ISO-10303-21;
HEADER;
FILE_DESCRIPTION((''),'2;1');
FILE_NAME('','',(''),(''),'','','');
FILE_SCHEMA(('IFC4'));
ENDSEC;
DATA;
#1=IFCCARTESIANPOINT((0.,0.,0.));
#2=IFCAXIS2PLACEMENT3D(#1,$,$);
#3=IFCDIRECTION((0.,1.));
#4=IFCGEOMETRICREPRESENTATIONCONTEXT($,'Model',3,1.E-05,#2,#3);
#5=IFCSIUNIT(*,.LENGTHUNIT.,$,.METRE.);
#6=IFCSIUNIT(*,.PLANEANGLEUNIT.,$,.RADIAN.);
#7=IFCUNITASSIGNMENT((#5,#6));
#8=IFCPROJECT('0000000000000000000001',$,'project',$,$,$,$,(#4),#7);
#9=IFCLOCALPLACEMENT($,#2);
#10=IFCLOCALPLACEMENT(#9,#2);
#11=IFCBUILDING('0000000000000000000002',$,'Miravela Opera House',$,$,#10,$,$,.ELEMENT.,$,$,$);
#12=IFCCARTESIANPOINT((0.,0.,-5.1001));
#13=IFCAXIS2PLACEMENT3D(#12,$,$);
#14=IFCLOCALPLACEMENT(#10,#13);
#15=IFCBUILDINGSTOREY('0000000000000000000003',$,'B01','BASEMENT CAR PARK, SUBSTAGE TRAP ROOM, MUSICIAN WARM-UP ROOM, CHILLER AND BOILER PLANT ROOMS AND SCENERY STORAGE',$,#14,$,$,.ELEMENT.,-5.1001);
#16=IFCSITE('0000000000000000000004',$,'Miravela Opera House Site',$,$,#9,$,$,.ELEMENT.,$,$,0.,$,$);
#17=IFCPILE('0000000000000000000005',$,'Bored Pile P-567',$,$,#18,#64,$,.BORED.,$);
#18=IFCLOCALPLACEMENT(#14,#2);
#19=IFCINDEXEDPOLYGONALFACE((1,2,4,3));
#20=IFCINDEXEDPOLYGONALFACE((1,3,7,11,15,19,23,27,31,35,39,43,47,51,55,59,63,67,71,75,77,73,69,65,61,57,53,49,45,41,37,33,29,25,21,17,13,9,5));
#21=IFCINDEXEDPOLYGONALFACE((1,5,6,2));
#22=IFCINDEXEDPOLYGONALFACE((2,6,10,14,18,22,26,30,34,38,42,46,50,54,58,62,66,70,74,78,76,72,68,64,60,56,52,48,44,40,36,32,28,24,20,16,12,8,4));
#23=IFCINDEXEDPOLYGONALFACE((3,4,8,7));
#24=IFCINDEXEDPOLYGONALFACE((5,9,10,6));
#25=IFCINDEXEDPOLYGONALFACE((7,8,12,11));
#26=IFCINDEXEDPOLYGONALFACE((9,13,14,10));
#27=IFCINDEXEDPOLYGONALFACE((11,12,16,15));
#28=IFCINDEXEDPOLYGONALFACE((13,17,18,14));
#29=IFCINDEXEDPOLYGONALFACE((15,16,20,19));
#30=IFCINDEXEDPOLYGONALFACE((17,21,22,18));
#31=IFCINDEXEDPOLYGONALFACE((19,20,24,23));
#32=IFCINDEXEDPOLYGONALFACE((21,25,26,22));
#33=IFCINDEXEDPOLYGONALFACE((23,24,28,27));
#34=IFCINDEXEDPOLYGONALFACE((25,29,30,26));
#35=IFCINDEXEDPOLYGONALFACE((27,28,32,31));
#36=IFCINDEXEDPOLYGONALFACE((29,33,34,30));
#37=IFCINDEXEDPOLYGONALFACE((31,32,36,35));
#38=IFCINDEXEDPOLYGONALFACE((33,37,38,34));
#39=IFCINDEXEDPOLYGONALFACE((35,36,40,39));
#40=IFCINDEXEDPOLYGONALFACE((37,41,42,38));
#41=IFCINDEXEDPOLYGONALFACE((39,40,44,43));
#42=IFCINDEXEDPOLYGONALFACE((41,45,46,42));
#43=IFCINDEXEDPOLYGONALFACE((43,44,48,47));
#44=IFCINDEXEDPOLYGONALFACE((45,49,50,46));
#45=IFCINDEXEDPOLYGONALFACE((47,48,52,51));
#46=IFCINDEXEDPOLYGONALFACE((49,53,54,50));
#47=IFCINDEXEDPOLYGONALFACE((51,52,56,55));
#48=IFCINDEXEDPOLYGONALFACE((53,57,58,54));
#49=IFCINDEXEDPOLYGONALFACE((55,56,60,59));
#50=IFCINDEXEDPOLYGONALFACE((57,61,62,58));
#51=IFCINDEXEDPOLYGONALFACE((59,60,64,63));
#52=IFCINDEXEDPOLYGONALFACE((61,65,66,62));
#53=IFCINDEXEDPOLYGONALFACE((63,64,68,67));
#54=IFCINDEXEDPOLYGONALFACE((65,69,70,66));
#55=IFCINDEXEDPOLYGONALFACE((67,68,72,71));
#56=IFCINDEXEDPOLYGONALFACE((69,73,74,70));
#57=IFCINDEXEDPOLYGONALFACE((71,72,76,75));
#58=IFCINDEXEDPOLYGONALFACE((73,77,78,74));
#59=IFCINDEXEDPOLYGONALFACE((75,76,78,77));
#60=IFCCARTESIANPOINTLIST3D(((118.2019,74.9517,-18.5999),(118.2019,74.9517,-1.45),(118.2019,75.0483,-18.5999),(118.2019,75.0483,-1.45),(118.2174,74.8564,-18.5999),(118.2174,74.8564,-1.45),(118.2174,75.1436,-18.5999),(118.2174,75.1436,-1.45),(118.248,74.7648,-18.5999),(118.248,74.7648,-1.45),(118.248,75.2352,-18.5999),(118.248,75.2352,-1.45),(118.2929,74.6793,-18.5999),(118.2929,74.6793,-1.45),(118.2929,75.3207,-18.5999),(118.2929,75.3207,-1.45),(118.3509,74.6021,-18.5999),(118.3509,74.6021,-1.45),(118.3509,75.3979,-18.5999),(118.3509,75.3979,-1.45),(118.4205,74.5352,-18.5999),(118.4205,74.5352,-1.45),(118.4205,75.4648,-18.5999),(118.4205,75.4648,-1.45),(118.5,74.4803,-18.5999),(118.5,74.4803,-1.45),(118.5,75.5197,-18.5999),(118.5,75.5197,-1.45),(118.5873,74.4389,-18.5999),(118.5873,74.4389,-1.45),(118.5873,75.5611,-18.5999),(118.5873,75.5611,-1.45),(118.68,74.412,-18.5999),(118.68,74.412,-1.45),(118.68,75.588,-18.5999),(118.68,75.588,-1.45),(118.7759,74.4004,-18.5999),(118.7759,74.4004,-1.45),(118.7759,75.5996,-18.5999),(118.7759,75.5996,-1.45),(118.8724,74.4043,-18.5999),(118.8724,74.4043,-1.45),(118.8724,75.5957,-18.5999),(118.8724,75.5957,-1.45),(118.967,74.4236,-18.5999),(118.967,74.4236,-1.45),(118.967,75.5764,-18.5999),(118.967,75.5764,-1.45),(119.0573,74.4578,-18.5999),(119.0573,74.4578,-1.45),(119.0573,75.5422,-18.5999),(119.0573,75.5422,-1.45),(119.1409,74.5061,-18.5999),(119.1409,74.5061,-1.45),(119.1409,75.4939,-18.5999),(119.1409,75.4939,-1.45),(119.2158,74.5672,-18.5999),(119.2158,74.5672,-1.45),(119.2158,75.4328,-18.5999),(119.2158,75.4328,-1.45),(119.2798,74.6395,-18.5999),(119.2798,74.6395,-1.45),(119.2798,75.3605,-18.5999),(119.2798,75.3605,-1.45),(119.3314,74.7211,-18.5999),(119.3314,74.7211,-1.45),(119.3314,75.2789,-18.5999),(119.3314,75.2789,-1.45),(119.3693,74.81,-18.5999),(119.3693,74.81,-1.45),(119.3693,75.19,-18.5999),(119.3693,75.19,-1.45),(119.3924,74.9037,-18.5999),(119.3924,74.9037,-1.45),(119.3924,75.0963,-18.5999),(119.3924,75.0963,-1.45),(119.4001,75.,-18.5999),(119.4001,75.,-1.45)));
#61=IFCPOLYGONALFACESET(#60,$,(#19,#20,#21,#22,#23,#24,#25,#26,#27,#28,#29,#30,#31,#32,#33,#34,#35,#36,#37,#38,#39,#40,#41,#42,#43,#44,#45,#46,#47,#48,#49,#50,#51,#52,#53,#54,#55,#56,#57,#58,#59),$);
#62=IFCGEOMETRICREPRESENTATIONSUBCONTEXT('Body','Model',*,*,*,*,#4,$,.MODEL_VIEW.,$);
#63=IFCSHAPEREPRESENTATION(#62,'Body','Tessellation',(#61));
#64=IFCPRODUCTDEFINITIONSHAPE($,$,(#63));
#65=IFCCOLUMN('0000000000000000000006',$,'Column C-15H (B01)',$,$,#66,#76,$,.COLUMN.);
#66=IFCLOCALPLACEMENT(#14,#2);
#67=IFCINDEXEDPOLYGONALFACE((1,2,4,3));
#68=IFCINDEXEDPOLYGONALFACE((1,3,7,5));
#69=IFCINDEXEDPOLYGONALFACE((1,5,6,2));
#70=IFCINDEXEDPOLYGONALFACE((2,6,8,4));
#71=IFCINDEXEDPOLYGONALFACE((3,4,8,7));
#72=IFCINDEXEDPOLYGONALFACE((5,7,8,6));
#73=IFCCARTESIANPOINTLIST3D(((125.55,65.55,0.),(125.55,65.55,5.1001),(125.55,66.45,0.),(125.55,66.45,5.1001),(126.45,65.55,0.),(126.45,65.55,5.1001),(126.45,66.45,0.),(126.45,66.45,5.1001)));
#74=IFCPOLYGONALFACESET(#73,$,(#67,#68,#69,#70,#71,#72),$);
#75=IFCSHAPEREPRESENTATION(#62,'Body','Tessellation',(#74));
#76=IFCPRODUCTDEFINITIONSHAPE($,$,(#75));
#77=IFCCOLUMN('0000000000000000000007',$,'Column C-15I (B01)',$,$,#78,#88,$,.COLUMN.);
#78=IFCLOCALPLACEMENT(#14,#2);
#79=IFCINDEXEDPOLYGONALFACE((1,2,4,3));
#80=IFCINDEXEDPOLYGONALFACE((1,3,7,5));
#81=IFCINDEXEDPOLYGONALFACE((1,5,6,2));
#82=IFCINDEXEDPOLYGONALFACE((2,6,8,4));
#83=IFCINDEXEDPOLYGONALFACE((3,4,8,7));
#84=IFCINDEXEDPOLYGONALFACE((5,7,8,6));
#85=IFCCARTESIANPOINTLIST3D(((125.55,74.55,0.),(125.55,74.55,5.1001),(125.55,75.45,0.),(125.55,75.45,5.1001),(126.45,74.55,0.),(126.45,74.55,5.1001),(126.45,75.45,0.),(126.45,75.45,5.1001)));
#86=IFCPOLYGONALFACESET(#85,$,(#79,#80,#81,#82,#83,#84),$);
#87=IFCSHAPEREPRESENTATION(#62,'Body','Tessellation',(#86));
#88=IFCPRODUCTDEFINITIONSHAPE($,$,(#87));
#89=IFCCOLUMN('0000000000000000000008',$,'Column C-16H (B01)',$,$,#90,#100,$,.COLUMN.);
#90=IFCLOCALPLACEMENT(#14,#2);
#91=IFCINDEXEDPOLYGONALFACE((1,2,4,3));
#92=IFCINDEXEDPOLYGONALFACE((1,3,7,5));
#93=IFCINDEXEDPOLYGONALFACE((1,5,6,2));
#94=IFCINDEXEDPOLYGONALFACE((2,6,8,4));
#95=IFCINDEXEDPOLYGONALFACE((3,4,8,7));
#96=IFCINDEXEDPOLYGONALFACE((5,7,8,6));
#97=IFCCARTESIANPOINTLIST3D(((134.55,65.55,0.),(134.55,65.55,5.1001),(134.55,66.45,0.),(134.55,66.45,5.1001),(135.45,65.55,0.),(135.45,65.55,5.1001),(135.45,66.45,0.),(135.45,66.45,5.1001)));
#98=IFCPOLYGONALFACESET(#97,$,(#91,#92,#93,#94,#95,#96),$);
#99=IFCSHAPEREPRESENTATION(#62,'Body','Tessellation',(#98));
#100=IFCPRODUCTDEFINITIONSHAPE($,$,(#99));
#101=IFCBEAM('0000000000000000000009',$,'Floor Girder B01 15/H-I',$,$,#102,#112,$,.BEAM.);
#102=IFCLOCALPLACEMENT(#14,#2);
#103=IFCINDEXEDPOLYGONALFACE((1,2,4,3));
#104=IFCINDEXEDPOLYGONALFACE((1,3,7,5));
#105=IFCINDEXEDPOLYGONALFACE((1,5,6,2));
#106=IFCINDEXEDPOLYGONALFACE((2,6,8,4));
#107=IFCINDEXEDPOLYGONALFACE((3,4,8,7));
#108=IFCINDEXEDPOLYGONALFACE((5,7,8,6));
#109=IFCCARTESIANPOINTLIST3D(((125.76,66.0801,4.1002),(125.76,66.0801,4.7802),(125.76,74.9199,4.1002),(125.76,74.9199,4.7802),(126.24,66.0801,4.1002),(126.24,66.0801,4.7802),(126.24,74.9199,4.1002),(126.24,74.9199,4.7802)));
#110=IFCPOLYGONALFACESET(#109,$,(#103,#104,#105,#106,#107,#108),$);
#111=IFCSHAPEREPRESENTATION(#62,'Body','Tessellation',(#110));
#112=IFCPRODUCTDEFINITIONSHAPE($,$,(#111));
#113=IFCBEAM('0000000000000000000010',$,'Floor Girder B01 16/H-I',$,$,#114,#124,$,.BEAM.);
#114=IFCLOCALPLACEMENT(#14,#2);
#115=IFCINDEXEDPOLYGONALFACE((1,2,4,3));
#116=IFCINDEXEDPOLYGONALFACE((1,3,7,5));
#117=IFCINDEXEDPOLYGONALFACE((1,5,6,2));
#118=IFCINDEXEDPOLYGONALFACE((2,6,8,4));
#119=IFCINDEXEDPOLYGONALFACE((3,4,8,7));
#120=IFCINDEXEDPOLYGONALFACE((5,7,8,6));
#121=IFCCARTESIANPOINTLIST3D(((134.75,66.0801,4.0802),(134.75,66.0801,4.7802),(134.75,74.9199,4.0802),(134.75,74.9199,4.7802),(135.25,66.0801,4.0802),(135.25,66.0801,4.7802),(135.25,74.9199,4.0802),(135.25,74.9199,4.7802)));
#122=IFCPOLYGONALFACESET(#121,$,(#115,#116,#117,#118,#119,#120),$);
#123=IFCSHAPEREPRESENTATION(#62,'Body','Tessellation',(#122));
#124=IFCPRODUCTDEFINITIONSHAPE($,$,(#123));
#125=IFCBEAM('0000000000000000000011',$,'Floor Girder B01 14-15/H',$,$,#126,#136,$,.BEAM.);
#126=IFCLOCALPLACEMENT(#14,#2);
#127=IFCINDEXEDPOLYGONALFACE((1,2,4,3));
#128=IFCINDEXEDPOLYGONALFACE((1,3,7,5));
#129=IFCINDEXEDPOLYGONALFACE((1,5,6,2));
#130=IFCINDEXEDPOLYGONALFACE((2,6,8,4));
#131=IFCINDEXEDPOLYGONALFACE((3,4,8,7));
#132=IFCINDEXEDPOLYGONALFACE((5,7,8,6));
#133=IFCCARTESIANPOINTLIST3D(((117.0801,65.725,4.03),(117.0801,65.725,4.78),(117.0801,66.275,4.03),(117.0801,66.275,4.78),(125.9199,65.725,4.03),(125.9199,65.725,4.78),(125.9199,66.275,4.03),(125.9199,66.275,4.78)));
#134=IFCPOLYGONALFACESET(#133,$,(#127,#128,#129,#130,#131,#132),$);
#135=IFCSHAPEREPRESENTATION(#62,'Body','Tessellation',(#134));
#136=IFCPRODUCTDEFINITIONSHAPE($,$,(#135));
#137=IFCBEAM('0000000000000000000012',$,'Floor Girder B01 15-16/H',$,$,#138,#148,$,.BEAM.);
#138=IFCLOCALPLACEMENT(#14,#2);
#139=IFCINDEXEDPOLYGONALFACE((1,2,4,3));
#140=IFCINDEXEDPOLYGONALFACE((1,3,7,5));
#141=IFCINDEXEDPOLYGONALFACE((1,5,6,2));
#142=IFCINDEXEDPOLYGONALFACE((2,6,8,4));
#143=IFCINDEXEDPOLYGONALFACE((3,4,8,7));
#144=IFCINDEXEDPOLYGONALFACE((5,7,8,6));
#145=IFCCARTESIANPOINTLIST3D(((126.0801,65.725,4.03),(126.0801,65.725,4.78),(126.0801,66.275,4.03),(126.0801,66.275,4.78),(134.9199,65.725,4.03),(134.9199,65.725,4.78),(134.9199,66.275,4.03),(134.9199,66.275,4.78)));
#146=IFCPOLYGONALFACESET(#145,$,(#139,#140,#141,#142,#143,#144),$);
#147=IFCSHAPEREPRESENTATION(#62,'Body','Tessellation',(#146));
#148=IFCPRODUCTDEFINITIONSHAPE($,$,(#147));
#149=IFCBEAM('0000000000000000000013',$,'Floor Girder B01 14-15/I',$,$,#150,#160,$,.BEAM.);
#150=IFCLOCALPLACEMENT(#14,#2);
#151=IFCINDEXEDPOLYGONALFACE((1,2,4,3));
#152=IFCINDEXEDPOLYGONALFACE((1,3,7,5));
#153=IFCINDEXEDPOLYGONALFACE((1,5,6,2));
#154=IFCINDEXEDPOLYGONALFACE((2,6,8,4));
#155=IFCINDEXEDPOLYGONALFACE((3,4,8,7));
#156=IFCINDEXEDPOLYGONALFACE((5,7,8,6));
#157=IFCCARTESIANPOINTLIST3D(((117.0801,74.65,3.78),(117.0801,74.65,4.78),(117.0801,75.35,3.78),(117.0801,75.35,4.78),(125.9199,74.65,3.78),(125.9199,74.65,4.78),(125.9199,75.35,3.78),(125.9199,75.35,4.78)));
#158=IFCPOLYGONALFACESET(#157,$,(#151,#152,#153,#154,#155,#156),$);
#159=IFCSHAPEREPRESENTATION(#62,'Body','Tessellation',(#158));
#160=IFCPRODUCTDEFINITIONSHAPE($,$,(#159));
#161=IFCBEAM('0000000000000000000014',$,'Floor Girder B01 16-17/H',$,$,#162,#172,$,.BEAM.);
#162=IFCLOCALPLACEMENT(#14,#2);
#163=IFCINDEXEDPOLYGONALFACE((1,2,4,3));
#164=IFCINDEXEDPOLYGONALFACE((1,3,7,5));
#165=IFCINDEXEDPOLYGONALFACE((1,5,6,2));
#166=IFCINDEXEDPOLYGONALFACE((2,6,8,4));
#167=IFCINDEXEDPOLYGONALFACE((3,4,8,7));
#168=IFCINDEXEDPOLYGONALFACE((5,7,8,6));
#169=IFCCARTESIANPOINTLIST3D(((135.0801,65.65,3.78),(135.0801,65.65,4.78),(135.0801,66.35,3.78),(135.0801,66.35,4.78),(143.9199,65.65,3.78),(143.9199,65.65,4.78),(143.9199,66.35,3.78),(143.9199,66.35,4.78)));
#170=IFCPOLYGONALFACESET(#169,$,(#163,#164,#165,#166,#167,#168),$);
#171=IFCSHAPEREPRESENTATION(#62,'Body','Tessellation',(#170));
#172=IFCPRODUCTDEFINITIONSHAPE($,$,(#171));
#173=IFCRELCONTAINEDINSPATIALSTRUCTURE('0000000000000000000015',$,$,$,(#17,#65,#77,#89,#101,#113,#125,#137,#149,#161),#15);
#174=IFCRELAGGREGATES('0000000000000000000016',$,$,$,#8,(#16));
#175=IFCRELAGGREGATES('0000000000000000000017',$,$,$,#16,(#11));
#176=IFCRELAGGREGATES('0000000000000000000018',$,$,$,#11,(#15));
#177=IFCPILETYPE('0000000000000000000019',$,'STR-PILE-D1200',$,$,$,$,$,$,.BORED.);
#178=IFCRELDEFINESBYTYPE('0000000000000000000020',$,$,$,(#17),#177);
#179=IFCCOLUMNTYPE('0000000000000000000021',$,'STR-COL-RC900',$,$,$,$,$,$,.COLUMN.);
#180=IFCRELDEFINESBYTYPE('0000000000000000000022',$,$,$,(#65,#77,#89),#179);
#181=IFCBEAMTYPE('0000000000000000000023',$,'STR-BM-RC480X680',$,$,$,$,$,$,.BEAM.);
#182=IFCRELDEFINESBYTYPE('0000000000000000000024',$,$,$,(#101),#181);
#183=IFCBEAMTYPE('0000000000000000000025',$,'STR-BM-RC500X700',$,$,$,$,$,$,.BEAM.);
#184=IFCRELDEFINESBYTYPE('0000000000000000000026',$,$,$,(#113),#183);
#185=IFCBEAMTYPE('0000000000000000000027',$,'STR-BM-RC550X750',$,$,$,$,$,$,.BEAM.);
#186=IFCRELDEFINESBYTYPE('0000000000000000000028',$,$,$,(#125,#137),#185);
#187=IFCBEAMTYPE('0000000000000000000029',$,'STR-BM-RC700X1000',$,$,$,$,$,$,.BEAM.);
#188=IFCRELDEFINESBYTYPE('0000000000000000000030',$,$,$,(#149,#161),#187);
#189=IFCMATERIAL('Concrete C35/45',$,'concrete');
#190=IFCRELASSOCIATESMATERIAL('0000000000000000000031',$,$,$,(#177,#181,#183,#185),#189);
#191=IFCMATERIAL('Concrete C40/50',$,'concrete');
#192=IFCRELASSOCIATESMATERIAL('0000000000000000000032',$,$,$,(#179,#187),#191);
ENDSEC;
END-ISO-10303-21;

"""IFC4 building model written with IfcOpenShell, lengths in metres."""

from ifc_helpers import new_model, si_unit, direction, frame, origin, origin_2d, place, context, subcontext, project, spatial, rectangle, circle, extrude, material, material_profile, profile_set, type_object, element, save


model = new_model("IFC4")

# Units and contexts
model_context = context("Model", 3, precision=1e-05, world=origin(), true_north=direction((0.0, 1.0)))
body_context = subcontext(model_context, "Body", "Model", "MODEL_VIEW")
ifc_project = project(units=[si_unit("LENGTHUNIT", "METRE"), si_unit("PLANEANGLEUNIT", "RADIAN")], contexts=[model_context])

# Site, building, storey
site_placement = place(None, origin())
site = spatial("IfcSite", under=ifc_project, at=site_placement, Name="Miravela Opera House Site", CompositionType="ELEMENT", RefElevation=0.0)
building_placement = place(site_placement, origin())
building = spatial("IfcBuilding", under=site, at=building_placement, Name="Miravela Opera House", CompositionType="ELEMENT")
storey_placement = place(building_placement, frame((0.0, 0.0, -5.1001)))
storey = spatial("IfcBuildingStorey", under=building, at=storey_placement, Name="B01", Description="BASEMENT CAR PARK, SUBSTAGE TRAP ROOM, MUSICIAN WARM-UP ROOM, CHILLER AND BOILER PLANT ROOMS AND SCENERY STORAGE", CompositionType="ELEMENT", Elevation=-5.1001)

# Shared definitions
ifc_material_1 = material(Name="Concrete C35/45", Category="concrete")

# Pile
ifc_material_profile_1 = material_profile(ifc_material_1, circle(Radius=0.6001, at=origin_2d()), Name="PILE-D1200")
ifc_profile_set_1 = profile_set([ifc_material_profile_1])
pile_type_1 = type_object("IfcPileType", Name="STR-PILE-D1200", PredefinedType="BORED", material=ifc_profile_set_1)
for number, where, z_axis, x_axis, name in (
    (1, (118.8, 75.0, -1.45), (0.0, 0.0, -1.0), (1.0, 0.0, 0.0), "Bored Pile P-567"),
):
    element("IfcPile", number, at=place(storey_placement, frame(where, z_axis=z_axis, x_axis=x_axis)), inside=storey, type_object=pile_type_1, Name=name, PredefinedType="BORED", context=body_context, shape_type="SweptSolid", body=[
        extrude(circle(Radius=0.6001, at=origin_2d()), origin(), (0.0, 0.0, 1.0), 17.1499),
    ])

# Columns
ifc_material_2 = material(Name="Concrete C40/50", Category="concrete")
ifc_material_profile_2 = material_profile(ifc_material_2, rectangle(XDim=0.8999, YDim=0.8999, at=origin_2d()), Name="RC-COL-900X900")
ifc_profile_set_2 = profile_set([ifc_material_profile_2])
column_type = type_object("IfcColumnType", Name="STR-COL-RC900", PredefinedType="COLUMN", material=ifc_profile_set_2)
for number, where, z_axis, x_axis, name in (
    (2, (126.0, 66.0, 0.0), (0.0, 0.0, 1.0), (1.0, 0.0, 0.0), "Column C-15H (B01)"),
    (3, (126.0, 75.0, 0.0), (0.0, 0.0, 1.0), (1.0, 0.0, 0.0), "Column C-15I (B01)"),
    (4, (135.0, 66.0, 0.0), (0.0, 0.0, 1.0), (1.0, 0.0, 0.0), "Column C-16H (B01)"),
):
    element("IfcColumn", number, at=place(storey_placement, frame(where, z_axis=z_axis, x_axis=x_axis)), inside=storey, type_object=column_type, Name=name, PredefinedType="COLUMN", context=body_context, shape_type="SweptSolid", body=[
        extrude(rectangle(XDim=0.8999, YDim=0.8999, at=origin_2d()), origin(), (0.0, 0.0, 1.0), 5.1001),
    ])

# Beams
ifc_material_profile_3 = material_profile(ifc_material_1, rectangle(XDim=0.48, YDim=0.6799, at=origin_2d()), Name="RC-BM-480X680")
ifc_profile_set_3 = profile_set([ifc_material_profile_3])
beam_type_1 = type_object("IfcBeamType", Name="STR-BM-RC480X680", PredefinedType="BEAM", material=ifc_profile_set_3)
beam_1_placement = place(storey_placement, frame((126.0, 66.0801, 4.4402), z_axis=(0.0, 1.0, 0.0), x_axis=(-1.0, 0.0, 0.0)))
element("IfcBeam", 5, at=beam_1_placement, inside=storey, type_object=beam_type_1, Name="Floor Girder B01 15/H-I", PredefinedType="BEAM", context=body_context, shape_type="SweptSolid", body=[
    extrude(rectangle(XDim=0.48, YDim=0.6799, at=origin_2d()), origin(), (0.0, 0.0, 1.0), 8.8398),
])
ifc_material_profile_4 = material_profile(ifc_material_1, rectangle(XDim=0.5, YDim=0.7, at=origin_2d()), Name="RC-BM-500X700")
ifc_profile_set_4 = profile_set([ifc_material_profile_4])
beam_type_2 = type_object("IfcBeamType", Name="STR-BM-RC500X700", PredefinedType="BEAM", material=ifc_profile_set_4)
beam_2_placement = place(storey_placement, frame((135.0, 66.0801, 4.4302), z_axis=(0.0, 1.0, 0.0), x_axis=(-1.0, 0.0, 0.0)))
element("IfcBeam", 6, at=beam_2_placement, inside=storey, type_object=beam_type_2, Name="Floor Girder B01 16/H-I", PredefinedType="BEAM", context=body_context, shape_type="SweptSolid", body=[
    extrude(rectangle(XDim=0.5, YDim=0.7, at=origin_2d()), origin(), (0.0, 0.0, 1.0), 8.8398),
])
ifc_material_profile_5 = material_profile(ifc_material_1, rectangle(XDim=0.55, YDim=0.75, at=origin_2d()), Name="RC-BM-550X750")
ifc_profile_set_5 = profile_set([ifc_material_profile_5])
beam_type_3 = type_object("IfcBeamType", Name="STR-BM-RC550X750", PredefinedType="BEAM", material=ifc_profile_set_5)
for number, where, z_axis, x_axis, name in (
    (7, (117.0801, 66.0, 4.405), (1.0, 0.0, 0.0), (0.0, 1.0, 0.0), "Floor Girder B01 14-15/H"),
    (8, (126.0801, 66.0, 4.405), (1.0, 0.0, 0.0), (0.0, 1.0, 0.0), "Floor Girder B01 15-16/H"),
):
    element("IfcBeam", number, at=place(storey_placement, frame(where, z_axis=z_axis, x_axis=x_axis)), inside=storey, type_object=beam_type_3, Name=name, PredefinedType="BEAM", context=body_context, shape_type="SweptSolid", body=[
        extrude(rectangle(XDim=0.55, YDim=0.75, at=origin_2d()), origin(), (0.0, 0.0, 1.0), 8.8398),
    ])
ifc_material_profile_6 = material_profile(ifc_material_2, rectangle(XDim=0.7, YDim=1.0, at=origin_2d()), Name="RC-BM-700X1000")
ifc_profile_set_6 = profile_set([ifc_material_profile_6])
beam_type_4 = type_object("IfcBeamType", Name="STR-BM-RC700X1000", PredefinedType="BEAM", material=ifc_profile_set_6)
for number, where, z_axis, x_axis, name in (
    (9, (117.0801, 75.0, 4.28), (1.0, 0.0, 0.0), (0.0, 1.0, 0.0), "Floor Girder B01 14-15/I"),
    (10, (135.0801, 66.0, 4.28), (1.0, 0.0, 0.0), (0.0, 1.0, 0.0), "Floor Girder B01 16-17/H"),
):
    element("IfcBeam", number, at=place(storey_placement, frame(where, z_axis=z_axis, x_axis=x_axis)), inside=storey, type_object=beam_type_4, Name=name, PredefinedType="BEAM", context=body_context, shape_type="SweptSolid", body=[
        extrude(rectangle(XDim=0.7, YDim=1.0, at=origin_2d()), origin(), (0.0, 0.0, 1.0), 8.8398),
    ])

save(model, "model.ifc")
